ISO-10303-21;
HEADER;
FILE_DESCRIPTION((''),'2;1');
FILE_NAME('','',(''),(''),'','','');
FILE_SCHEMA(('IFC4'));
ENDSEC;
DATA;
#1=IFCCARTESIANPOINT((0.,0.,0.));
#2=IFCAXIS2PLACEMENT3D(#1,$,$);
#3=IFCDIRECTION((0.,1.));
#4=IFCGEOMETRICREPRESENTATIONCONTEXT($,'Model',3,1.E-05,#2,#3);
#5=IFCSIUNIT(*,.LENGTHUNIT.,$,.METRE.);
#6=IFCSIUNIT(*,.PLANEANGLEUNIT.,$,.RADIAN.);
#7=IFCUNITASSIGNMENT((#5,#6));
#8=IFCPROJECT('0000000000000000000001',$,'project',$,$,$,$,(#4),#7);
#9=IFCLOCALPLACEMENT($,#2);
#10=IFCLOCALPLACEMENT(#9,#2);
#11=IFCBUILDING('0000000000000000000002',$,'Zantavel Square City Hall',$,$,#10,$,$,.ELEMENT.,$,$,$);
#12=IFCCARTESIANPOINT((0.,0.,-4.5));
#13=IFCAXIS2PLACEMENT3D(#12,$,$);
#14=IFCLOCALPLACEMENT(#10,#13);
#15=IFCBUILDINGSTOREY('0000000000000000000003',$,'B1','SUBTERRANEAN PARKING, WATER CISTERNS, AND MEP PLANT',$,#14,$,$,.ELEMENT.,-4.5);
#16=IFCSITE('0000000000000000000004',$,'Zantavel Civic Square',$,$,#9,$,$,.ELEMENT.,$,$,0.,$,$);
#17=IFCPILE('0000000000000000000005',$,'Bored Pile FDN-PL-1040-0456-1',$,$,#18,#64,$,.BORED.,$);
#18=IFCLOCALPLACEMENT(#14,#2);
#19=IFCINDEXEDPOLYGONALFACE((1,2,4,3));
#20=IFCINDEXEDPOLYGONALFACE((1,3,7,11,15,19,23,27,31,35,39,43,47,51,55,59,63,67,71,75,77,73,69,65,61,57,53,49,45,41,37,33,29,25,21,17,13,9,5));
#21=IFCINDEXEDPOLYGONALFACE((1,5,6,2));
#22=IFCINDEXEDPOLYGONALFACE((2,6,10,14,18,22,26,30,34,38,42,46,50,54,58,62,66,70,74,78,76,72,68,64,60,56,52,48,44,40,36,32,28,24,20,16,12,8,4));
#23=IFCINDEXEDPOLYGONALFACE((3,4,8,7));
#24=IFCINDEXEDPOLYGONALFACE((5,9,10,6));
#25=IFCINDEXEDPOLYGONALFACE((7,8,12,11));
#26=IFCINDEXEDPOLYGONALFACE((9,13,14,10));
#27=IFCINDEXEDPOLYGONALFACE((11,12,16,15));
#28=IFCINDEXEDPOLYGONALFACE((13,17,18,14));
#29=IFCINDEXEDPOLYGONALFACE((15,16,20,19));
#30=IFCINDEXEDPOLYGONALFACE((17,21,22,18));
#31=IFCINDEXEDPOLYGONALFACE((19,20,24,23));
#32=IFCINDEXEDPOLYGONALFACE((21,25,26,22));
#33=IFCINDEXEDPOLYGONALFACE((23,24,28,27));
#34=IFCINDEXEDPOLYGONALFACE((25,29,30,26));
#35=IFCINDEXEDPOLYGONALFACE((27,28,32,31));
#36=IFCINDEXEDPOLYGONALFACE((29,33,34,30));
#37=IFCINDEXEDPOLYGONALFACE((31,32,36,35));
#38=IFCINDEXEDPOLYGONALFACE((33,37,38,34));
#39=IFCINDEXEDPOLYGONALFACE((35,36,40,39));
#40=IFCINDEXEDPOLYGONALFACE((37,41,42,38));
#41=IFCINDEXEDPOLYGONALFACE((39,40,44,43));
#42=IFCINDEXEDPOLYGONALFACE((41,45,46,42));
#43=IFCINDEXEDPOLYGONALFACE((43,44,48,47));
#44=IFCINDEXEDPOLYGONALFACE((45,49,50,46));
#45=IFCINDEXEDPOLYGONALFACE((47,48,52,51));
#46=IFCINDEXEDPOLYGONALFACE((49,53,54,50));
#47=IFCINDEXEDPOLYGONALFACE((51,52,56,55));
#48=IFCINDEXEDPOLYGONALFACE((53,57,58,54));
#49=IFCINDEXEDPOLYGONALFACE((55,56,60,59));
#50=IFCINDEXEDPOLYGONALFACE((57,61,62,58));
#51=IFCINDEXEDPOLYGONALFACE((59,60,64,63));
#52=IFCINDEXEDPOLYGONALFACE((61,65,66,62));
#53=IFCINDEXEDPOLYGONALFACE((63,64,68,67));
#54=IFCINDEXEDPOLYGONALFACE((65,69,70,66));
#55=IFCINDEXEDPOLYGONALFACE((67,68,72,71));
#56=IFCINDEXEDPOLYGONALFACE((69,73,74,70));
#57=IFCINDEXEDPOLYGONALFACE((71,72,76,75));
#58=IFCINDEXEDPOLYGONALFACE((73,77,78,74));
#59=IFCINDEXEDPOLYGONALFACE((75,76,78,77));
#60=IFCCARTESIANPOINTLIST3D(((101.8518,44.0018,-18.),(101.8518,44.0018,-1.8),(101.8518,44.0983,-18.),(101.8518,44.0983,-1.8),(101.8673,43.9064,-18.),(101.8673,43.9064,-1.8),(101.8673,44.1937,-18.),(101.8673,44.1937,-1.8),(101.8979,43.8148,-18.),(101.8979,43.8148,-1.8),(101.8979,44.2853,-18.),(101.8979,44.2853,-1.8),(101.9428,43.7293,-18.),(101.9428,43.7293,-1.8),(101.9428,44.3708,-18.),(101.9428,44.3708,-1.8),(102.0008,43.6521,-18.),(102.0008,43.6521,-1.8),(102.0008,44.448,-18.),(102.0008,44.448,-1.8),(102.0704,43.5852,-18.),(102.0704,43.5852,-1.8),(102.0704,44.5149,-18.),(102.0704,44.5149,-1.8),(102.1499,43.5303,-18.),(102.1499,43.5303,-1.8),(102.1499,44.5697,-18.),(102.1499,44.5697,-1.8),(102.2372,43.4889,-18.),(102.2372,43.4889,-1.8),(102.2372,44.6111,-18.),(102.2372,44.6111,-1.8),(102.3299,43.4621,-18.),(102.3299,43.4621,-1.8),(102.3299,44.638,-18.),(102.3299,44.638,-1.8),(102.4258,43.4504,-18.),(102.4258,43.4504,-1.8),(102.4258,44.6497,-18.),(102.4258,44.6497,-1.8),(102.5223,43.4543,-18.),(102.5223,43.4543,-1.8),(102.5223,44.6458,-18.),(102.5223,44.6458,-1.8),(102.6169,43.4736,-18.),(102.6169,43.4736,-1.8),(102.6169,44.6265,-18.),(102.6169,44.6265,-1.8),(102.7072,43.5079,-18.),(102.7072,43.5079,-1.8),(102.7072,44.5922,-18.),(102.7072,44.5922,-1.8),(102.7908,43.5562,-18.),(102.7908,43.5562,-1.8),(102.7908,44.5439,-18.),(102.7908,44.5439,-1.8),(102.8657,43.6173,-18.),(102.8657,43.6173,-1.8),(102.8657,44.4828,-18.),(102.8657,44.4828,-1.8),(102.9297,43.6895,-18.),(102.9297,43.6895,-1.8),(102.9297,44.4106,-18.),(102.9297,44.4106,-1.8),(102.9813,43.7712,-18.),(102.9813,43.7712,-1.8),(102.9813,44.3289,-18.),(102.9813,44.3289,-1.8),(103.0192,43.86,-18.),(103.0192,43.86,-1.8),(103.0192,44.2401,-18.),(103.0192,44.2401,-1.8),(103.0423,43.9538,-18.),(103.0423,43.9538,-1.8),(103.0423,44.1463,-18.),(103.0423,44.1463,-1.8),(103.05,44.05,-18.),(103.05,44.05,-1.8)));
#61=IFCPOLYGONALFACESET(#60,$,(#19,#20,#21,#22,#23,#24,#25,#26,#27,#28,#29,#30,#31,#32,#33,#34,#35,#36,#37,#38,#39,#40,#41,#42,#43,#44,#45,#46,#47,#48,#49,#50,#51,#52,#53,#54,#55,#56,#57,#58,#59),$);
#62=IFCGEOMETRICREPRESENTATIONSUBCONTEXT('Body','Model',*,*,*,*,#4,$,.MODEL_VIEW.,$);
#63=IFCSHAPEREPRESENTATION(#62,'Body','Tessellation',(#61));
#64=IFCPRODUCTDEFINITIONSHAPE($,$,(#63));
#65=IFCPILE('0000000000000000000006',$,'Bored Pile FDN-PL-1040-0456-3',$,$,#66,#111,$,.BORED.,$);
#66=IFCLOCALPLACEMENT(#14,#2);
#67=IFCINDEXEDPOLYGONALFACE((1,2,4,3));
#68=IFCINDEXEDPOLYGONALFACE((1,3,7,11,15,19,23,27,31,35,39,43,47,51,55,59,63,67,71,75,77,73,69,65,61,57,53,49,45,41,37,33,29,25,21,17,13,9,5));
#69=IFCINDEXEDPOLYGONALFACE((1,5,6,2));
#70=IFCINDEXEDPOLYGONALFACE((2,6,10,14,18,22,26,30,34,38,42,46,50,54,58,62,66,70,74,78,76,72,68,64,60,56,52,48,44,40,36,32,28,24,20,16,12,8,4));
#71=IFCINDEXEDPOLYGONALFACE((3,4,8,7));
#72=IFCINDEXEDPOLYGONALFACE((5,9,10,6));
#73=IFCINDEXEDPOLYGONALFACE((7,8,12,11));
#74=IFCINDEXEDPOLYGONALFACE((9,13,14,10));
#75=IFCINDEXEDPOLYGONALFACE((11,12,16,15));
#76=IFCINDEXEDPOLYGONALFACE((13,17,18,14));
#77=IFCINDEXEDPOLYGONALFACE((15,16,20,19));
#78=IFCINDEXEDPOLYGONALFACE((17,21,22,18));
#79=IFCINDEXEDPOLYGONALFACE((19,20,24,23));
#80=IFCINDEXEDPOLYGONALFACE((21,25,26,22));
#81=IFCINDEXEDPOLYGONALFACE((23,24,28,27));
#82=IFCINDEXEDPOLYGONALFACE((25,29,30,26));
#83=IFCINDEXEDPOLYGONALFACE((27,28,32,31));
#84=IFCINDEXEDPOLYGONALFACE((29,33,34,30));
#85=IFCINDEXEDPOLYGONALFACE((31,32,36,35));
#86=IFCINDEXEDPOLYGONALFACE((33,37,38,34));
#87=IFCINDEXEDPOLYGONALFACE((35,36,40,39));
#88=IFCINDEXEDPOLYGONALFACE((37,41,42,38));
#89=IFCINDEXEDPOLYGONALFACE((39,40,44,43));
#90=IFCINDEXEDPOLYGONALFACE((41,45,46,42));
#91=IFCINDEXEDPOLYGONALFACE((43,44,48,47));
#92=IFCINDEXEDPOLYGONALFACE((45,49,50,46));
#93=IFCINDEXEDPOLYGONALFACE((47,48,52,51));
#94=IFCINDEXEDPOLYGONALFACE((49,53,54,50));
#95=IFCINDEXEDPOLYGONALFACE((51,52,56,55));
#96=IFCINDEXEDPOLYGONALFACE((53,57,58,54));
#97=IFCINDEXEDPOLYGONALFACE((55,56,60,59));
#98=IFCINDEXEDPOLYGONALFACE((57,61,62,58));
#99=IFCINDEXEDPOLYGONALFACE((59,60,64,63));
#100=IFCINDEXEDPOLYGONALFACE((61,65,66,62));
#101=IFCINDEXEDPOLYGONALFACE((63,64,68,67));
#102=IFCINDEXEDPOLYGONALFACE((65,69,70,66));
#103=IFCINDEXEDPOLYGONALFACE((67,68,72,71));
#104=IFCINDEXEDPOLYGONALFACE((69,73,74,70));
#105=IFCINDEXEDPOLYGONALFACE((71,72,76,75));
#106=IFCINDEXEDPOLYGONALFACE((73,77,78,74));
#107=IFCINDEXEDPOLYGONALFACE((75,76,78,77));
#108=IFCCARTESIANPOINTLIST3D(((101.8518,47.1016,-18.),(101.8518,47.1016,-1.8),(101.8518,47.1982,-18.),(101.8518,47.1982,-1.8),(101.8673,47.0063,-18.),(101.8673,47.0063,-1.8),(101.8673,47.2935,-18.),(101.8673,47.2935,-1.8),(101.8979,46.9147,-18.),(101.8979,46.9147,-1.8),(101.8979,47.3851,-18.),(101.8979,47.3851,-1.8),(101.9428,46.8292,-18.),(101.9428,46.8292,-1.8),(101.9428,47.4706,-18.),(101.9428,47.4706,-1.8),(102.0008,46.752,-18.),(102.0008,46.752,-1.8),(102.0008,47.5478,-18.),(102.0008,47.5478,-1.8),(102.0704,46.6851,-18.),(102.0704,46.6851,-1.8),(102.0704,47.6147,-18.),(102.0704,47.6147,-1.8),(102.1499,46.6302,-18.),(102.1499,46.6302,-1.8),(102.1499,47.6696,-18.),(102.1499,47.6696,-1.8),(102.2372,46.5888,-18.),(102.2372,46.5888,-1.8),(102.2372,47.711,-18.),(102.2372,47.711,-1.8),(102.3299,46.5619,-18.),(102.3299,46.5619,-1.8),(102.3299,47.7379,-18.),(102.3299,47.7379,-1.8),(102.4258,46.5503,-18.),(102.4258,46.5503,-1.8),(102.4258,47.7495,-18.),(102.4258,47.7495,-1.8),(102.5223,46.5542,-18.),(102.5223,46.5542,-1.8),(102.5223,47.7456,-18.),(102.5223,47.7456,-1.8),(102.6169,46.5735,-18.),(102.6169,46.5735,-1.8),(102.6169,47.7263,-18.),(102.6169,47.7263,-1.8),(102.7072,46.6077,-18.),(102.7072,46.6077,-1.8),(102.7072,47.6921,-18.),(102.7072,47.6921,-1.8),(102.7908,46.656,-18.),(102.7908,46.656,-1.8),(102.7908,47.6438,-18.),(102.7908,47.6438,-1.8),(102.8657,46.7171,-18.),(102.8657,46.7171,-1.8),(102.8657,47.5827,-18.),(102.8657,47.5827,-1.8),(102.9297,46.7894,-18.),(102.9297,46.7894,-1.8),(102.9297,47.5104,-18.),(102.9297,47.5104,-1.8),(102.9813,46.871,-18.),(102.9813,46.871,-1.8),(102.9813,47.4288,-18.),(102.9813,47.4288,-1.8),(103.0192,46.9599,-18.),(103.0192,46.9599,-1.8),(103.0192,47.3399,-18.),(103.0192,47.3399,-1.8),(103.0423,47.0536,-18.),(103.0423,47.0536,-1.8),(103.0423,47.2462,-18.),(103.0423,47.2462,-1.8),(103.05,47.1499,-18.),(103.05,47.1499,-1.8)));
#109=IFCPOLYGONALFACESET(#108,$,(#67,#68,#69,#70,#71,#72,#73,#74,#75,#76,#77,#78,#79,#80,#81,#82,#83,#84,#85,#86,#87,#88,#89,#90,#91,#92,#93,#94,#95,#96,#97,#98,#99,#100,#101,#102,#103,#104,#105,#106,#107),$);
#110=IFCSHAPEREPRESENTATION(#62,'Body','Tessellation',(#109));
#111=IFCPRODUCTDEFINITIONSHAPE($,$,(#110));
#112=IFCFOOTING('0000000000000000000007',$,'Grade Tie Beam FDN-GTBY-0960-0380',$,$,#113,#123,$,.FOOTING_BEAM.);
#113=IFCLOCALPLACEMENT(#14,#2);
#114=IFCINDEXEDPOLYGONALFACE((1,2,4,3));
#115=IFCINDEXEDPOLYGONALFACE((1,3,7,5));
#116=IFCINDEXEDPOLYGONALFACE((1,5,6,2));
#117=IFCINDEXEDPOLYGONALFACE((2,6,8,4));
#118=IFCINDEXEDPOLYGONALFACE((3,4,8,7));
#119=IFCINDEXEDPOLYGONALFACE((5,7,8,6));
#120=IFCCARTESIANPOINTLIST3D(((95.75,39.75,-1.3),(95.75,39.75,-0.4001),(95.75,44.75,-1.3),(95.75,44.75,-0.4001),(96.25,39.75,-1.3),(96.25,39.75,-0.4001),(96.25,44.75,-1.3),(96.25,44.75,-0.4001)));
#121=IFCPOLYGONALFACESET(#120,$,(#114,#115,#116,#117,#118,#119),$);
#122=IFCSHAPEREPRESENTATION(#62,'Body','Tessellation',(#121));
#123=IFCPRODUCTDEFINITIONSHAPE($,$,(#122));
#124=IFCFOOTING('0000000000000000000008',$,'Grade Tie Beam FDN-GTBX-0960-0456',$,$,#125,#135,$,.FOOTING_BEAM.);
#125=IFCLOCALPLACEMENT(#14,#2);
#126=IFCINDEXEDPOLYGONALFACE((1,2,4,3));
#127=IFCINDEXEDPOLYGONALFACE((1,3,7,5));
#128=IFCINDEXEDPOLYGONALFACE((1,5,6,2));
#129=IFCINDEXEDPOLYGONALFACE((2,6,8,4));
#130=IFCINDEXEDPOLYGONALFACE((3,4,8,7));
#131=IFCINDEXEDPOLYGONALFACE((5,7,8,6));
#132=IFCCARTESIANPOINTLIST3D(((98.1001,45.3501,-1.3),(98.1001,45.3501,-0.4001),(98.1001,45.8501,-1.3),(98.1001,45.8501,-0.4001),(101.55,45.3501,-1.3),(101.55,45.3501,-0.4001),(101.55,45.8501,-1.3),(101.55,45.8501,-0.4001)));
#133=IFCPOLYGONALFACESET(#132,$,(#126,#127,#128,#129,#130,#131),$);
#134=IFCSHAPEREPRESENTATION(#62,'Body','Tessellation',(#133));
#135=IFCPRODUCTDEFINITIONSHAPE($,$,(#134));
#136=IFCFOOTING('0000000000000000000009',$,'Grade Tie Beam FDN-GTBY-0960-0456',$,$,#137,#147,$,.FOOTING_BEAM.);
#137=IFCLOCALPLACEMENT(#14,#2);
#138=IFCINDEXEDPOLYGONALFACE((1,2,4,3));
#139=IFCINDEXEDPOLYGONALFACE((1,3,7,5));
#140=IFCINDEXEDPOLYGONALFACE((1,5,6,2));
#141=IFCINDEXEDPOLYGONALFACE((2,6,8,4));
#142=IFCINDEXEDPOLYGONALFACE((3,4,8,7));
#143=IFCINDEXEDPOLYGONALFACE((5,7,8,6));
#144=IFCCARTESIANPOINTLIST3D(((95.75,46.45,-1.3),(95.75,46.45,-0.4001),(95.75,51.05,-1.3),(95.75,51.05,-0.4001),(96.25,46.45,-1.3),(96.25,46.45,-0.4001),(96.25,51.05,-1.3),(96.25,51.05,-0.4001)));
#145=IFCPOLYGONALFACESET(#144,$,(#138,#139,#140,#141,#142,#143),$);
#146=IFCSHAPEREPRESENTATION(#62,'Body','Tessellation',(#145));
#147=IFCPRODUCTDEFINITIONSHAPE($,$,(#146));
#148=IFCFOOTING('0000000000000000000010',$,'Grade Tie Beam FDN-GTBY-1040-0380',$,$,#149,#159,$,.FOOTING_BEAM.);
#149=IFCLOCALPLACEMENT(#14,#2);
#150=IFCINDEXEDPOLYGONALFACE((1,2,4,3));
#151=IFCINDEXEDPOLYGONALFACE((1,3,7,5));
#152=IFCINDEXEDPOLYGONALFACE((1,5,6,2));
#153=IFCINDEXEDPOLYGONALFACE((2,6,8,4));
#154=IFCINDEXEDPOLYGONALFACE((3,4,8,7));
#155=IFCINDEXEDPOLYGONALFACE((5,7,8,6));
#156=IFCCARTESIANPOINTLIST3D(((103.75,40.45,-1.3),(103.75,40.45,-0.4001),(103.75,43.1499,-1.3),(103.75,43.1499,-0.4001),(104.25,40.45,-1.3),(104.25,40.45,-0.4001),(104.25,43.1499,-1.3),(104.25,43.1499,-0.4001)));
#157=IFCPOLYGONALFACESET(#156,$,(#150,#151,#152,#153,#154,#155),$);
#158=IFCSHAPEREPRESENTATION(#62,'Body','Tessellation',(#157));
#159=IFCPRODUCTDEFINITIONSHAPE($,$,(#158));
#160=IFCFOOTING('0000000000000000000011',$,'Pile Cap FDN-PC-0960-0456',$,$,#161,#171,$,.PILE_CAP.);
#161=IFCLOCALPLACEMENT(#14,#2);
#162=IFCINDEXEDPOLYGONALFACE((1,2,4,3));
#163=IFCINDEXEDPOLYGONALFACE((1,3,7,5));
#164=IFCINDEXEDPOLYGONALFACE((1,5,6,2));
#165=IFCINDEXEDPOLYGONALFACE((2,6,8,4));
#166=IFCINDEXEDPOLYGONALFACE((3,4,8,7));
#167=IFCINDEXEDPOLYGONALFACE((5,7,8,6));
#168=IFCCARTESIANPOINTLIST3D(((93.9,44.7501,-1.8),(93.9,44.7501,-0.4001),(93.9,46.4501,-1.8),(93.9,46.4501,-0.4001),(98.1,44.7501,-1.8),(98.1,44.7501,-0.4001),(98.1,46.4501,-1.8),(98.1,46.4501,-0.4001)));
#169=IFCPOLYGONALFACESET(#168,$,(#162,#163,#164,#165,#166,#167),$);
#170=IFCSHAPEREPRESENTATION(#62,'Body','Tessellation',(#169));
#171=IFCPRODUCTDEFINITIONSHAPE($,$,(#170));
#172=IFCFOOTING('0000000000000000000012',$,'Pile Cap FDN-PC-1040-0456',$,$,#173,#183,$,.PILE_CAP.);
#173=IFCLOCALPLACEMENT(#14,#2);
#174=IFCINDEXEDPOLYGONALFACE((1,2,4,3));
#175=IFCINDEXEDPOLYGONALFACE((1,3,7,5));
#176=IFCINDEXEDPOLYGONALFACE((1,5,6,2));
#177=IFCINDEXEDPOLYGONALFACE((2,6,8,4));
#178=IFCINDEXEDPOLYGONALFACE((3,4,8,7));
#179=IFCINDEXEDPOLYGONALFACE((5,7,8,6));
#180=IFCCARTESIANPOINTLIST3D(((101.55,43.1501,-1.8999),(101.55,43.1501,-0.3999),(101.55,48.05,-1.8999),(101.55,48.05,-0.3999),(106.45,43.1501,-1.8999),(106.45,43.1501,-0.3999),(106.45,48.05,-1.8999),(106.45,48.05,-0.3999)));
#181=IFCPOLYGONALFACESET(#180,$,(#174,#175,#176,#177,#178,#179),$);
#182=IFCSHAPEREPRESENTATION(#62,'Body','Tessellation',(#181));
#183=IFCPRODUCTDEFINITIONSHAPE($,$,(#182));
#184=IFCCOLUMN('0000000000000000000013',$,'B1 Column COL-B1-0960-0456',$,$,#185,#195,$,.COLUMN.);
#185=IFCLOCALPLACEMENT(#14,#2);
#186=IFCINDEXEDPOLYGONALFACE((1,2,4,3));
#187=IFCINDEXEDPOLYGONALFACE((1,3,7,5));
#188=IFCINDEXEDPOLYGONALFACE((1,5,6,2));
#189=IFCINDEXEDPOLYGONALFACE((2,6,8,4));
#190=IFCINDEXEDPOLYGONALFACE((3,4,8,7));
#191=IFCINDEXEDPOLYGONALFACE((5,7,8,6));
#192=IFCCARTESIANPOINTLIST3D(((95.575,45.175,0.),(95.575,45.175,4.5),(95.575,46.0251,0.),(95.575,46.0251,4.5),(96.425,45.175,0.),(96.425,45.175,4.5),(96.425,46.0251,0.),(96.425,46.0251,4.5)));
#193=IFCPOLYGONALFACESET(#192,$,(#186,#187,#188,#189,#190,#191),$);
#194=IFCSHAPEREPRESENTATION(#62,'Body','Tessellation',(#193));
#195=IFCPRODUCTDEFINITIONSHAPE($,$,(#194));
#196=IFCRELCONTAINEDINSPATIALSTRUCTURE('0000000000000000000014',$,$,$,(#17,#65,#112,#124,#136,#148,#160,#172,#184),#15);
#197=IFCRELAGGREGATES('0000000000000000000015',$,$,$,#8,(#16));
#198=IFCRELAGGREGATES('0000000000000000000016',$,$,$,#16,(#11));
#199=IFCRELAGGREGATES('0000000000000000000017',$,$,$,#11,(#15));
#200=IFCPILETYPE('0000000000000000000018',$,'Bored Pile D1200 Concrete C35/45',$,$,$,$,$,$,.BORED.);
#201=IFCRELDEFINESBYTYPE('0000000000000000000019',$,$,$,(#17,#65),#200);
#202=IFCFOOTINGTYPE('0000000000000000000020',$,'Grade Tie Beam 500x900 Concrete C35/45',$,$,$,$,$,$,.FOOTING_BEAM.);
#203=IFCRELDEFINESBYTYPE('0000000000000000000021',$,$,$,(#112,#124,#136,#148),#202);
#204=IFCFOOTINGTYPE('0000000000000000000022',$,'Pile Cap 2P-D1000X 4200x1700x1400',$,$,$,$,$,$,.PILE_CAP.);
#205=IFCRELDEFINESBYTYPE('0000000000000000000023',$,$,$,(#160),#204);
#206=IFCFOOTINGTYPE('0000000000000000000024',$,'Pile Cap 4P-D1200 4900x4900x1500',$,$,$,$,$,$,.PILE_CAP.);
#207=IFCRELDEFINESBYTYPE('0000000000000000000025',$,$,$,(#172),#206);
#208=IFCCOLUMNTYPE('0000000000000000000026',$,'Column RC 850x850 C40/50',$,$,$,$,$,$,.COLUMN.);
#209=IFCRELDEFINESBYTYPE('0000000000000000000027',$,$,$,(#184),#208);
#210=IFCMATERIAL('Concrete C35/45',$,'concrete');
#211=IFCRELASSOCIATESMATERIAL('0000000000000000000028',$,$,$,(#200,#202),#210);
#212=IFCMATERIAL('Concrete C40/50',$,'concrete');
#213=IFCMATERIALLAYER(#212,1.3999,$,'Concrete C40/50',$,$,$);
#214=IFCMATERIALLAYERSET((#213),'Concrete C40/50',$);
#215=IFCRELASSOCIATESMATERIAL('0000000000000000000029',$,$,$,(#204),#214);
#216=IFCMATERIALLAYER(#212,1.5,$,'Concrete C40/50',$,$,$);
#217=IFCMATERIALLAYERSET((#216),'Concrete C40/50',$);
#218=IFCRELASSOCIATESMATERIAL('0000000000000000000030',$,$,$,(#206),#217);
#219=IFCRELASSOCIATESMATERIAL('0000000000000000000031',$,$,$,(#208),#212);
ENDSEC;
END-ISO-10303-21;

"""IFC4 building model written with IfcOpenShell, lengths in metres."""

from ifc_helpers import new_model, si_unit, direction, frame, origin, origin_2d, place, context, subcontext, project, spatial, rectangle, circle, extrude, material, layer, layer_set, material_profile, profile_set, type_object, element, save


model = new_model("IFC4")

# Units and contexts
model_context = context("Model", 3, precision=1e-05, world=origin(), true_north=direction((0.0, 1.0)))
body_context = subcontext(model_context, "Body", "Model", "MODEL_VIEW")
ifc_project = project(units=[si_unit("LENGTHUNIT", "METRE"), si_unit("PLANEANGLEUNIT", "RADIAN")], contexts=[model_context])

# Site, building, storey
site_placement = place(None, origin())
site = spatial("IfcSite", under=ifc_project, at=site_placement, Name="Zantavel Civic Square", CompositionType="ELEMENT", RefElevation=0.0)
building_placement = place(site_placement, origin())
building = spatial("IfcBuilding", under=site, at=building_placement, Name="Zantavel Square City Hall", CompositionType="ELEMENT")
storey_placement = place(building_placement, frame((0.0, 0.0, -4.5)))
storey = spatial("IfcBuildingStorey", under=building, at=storey_placement, Name="B1", Description="SUBTERRANEAN PARKING, WATER CISTERNS, AND MEP PLANT", CompositionType="ELEMENT", Elevation=-4.5)

# Piles
ifc_material_1 = material(Name="Concrete C35/45", Category="concrete")
ifc_material_profile_1 = material_profile(ifc_material_1, circle(Radius=0.6001, at=origin_2d()), Name="PILE D1200")
ifc_profile_set_1 = profile_set([ifc_material_profile_1], Name="Concrete C35/45")
pile_type_1 = type_object("IfcPileType", Name="Bored Pile D1200 Concrete C35/45", PredefinedType="BORED", material=ifc_profile_set_1)
for number, where, z_axis, x_axis, name in (
    (1, (102.45, 44.05, -1.8), (0.0, 0.0, -1.0), (1.0, 0.0, 0.0), "Bored Pile FDN-PL-1040-0456-1"),
    (2, (102.45, 47.1499, -1.8), (0.0, 0.0, -1.0), (1.0, 0.0, 0.0), "Bored Pile FDN-PL-1040-0456-3"),
):
    element("IfcPile", number, at=place(storey_placement, frame(where, z_axis=z_axis, x_axis=x_axis)), inside=storey, type_object=pile_type_1, Name=name, PredefinedType="BORED", context=body_context, shape_type="SweptSolid", body=[
        extrude(circle(Radius=0.6001, at=origin_2d()), origin(), (0.0, 0.0, 1.0), 16.2),
    ])

# Footings
ifc_material_profile_2 = material_profile(ifc_material_1, rectangle(XDim=0.5, YDim=0.8999, at=origin_2d()), Name="RC 500x900")
ifc_profile_set_2 = profile_set([ifc_material_profile_2], Name="Concrete C35/45")
footing_type_1 = type_object("IfcFootingType", Name="Grade Tie Beam 500x900 Concrete C35/45", PredefinedType="FOOTING_BEAM", material=ifc_profile_set_2)
footing_1_placement = place(storey_placement, frame((96.0, 39.75, -0.8501), z_axis=(0.0, 1.0, 0.0), x_axis=(-1.0, 0.0, 0.0)))
element("IfcFooting", 3, at=footing_1_placement, inside=storey, type_object=footing_type_1, Name="Grade Tie Beam FDN-GTBY-0960-0380", PredefinedType="FOOTING_BEAM", context=body_context, shape_type="SweptSolid", body=[
    extrude(rectangle(XDim=0.5, YDim=0.8999, at=origin_2d()), origin(), (0.0, 0.0, 1.0), 5.0),
])
footing_2_placement = place(storey_placement, frame((98.1001, 45.6001, -0.8501), z_axis=(1.0, 0.0, 0.0), x_axis=(0.0, 1.0, 0.0)))
element("IfcFooting", 4, at=footing_2_placement, inside=storey, type_object=footing_type_1, Name="Grade Tie Beam FDN-GTBX-0960-0456", PredefinedType="FOOTING_BEAM", context=body_context, shape_type="SweptSolid", body=[
    extrude(rectangle(XDim=0.5, YDim=0.8999, at=origin_2d()), origin(), (0.0, 0.0, 1.0), 3.45),
])
footing_3_placement = place(storey_placement, frame((96.0, 46.45, -0.8501), z_axis=(0.0, 1.0, 0.0), x_axis=(-1.0, 0.0, 0.0)))
element("IfcFooting", 5, at=footing_3_placement, inside=storey, type_object=footing_type_1, Name="Grade Tie Beam FDN-GTBY-0960-0456", PredefinedType="FOOTING_BEAM", context=body_context, shape_type="SweptSolid", body=[
    extrude(rectangle(XDim=0.5, YDim=0.8999, at=origin_2d()), origin(), (0.0, 0.0, 1.0), 4.6001),
])
footing_4_placement = place(storey_placement, frame((104.0, 40.45, -0.8501), z_axis=(0.0, 1.0, 0.0), x_axis=(-1.0, 0.0, 0.0)))
element("IfcFooting", 6, at=footing_4_placement, inside=storey, type_object=footing_type_1, Name="Grade Tie Beam FDN-GTBY-1040-0380", PredefinedType="FOOTING_BEAM", context=body_context, shape_type="SweptSolid", body=[
    extrude(rectangle(XDim=0.5, YDim=0.8999, at=origin_2d()), origin(), (0.0, 0.0, 1.0), 2.7),
])
ifc_material_2 = material(Name="Concrete C40/50", Category="concrete")
ifc_layer_1 = layer(ifc_material_2, 1.3999, Name="Concrete C40/50")
ifc_layer_set_1 = layer_set([ifc_layer_1], Name="Concrete C40/50")
footing_type_2 = type_object("IfcFootingType", Name="Pile Cap 2P-D1000X 4200x1700x1400", PredefinedType="PILE_CAP", material=ifc_layer_set_1)
footing_5_placement = place(storey_placement, frame((96.0, 45.6001, -1.8), z_axis=(0.0, 0.0, 1.0), x_axis=(1.0, 0.0, 0.0)))
element("IfcFooting", 7, at=footing_5_placement, inside=storey, type_object=footing_type_2, Name="Pile Cap FDN-PC-0960-0456", PredefinedType="PILE_CAP", context=body_context, shape_type="SweptSolid", body=[
    extrude(rectangle(XDim=4.2, YDim=1.7, at=origin_2d()), origin(), (0.0, 0.0, 1.0), 1.3999),
])
ifc_layer_2 = layer(ifc_material_2, 1.5, Name="Concrete C40/50")
ifc_layer_set_2 = layer_set([ifc_layer_2], Name="Concrete C40/50")
footing_type_3 = type_object("IfcFootingType", Name="Pile Cap 4P-D1200 4900x4900x1500", PredefinedType="PILE_CAP", material=ifc_layer_set_2)
footing_6_placement = place(storey_placement, frame((104.0, 45.6001, -1.8999), z_axis=(0.0, 0.0, 1.0), x_axis=(1.0, 0.0, 0.0)))
element("IfcFooting", 8, at=footing_6_placement, inside=storey, type_object=footing_type_3, Name="Pile Cap FDN-PC-1040-0456", PredefinedType="PILE_CAP", context=body_context, shape_type="SweptSolid", body=[
    extrude(rectangle(XDim=4.8999, YDim=4.8999, at=origin_2d()), origin(), (0.0, 0.0, 1.0), 1.5),
])

# Column
ifc_material_profile_3 = material_profile(ifc_material_2, rectangle(XDim=0.8501, YDim=0.8501, at=origin_2d()), Name="RC 850x850")
ifc_profile_set_3 = profile_set([ifc_material_profile_3], Name="Concrete C40/50")
column_type_1 = type_object("IfcColumnType", Name="Column RC 850x850 C40/50", PredefinedType="COLUMN", material=ifc_profile_set_3)
column_1_placement = place(storey_placement, frame((96.0, 45.6001, 0.0), z_axis=(0.0, 0.0, 1.0), x_axis=(1.0, 0.0, 0.0)))
element("IfcColumn", 9, at=column_1_placement, inside=storey, type_object=column_type_1, Name="B1 Column COL-B1-0960-0456", PredefinedType="COLUMN", context=body_context, shape_type="SweptSolid", body=[
    extrude(rectangle(XDim=0.8501, YDim=0.8501, at=origin_2d()), origin(), (0.0, 0.0, 1.0), 4.5),
])

save(model, "model.ifc")
